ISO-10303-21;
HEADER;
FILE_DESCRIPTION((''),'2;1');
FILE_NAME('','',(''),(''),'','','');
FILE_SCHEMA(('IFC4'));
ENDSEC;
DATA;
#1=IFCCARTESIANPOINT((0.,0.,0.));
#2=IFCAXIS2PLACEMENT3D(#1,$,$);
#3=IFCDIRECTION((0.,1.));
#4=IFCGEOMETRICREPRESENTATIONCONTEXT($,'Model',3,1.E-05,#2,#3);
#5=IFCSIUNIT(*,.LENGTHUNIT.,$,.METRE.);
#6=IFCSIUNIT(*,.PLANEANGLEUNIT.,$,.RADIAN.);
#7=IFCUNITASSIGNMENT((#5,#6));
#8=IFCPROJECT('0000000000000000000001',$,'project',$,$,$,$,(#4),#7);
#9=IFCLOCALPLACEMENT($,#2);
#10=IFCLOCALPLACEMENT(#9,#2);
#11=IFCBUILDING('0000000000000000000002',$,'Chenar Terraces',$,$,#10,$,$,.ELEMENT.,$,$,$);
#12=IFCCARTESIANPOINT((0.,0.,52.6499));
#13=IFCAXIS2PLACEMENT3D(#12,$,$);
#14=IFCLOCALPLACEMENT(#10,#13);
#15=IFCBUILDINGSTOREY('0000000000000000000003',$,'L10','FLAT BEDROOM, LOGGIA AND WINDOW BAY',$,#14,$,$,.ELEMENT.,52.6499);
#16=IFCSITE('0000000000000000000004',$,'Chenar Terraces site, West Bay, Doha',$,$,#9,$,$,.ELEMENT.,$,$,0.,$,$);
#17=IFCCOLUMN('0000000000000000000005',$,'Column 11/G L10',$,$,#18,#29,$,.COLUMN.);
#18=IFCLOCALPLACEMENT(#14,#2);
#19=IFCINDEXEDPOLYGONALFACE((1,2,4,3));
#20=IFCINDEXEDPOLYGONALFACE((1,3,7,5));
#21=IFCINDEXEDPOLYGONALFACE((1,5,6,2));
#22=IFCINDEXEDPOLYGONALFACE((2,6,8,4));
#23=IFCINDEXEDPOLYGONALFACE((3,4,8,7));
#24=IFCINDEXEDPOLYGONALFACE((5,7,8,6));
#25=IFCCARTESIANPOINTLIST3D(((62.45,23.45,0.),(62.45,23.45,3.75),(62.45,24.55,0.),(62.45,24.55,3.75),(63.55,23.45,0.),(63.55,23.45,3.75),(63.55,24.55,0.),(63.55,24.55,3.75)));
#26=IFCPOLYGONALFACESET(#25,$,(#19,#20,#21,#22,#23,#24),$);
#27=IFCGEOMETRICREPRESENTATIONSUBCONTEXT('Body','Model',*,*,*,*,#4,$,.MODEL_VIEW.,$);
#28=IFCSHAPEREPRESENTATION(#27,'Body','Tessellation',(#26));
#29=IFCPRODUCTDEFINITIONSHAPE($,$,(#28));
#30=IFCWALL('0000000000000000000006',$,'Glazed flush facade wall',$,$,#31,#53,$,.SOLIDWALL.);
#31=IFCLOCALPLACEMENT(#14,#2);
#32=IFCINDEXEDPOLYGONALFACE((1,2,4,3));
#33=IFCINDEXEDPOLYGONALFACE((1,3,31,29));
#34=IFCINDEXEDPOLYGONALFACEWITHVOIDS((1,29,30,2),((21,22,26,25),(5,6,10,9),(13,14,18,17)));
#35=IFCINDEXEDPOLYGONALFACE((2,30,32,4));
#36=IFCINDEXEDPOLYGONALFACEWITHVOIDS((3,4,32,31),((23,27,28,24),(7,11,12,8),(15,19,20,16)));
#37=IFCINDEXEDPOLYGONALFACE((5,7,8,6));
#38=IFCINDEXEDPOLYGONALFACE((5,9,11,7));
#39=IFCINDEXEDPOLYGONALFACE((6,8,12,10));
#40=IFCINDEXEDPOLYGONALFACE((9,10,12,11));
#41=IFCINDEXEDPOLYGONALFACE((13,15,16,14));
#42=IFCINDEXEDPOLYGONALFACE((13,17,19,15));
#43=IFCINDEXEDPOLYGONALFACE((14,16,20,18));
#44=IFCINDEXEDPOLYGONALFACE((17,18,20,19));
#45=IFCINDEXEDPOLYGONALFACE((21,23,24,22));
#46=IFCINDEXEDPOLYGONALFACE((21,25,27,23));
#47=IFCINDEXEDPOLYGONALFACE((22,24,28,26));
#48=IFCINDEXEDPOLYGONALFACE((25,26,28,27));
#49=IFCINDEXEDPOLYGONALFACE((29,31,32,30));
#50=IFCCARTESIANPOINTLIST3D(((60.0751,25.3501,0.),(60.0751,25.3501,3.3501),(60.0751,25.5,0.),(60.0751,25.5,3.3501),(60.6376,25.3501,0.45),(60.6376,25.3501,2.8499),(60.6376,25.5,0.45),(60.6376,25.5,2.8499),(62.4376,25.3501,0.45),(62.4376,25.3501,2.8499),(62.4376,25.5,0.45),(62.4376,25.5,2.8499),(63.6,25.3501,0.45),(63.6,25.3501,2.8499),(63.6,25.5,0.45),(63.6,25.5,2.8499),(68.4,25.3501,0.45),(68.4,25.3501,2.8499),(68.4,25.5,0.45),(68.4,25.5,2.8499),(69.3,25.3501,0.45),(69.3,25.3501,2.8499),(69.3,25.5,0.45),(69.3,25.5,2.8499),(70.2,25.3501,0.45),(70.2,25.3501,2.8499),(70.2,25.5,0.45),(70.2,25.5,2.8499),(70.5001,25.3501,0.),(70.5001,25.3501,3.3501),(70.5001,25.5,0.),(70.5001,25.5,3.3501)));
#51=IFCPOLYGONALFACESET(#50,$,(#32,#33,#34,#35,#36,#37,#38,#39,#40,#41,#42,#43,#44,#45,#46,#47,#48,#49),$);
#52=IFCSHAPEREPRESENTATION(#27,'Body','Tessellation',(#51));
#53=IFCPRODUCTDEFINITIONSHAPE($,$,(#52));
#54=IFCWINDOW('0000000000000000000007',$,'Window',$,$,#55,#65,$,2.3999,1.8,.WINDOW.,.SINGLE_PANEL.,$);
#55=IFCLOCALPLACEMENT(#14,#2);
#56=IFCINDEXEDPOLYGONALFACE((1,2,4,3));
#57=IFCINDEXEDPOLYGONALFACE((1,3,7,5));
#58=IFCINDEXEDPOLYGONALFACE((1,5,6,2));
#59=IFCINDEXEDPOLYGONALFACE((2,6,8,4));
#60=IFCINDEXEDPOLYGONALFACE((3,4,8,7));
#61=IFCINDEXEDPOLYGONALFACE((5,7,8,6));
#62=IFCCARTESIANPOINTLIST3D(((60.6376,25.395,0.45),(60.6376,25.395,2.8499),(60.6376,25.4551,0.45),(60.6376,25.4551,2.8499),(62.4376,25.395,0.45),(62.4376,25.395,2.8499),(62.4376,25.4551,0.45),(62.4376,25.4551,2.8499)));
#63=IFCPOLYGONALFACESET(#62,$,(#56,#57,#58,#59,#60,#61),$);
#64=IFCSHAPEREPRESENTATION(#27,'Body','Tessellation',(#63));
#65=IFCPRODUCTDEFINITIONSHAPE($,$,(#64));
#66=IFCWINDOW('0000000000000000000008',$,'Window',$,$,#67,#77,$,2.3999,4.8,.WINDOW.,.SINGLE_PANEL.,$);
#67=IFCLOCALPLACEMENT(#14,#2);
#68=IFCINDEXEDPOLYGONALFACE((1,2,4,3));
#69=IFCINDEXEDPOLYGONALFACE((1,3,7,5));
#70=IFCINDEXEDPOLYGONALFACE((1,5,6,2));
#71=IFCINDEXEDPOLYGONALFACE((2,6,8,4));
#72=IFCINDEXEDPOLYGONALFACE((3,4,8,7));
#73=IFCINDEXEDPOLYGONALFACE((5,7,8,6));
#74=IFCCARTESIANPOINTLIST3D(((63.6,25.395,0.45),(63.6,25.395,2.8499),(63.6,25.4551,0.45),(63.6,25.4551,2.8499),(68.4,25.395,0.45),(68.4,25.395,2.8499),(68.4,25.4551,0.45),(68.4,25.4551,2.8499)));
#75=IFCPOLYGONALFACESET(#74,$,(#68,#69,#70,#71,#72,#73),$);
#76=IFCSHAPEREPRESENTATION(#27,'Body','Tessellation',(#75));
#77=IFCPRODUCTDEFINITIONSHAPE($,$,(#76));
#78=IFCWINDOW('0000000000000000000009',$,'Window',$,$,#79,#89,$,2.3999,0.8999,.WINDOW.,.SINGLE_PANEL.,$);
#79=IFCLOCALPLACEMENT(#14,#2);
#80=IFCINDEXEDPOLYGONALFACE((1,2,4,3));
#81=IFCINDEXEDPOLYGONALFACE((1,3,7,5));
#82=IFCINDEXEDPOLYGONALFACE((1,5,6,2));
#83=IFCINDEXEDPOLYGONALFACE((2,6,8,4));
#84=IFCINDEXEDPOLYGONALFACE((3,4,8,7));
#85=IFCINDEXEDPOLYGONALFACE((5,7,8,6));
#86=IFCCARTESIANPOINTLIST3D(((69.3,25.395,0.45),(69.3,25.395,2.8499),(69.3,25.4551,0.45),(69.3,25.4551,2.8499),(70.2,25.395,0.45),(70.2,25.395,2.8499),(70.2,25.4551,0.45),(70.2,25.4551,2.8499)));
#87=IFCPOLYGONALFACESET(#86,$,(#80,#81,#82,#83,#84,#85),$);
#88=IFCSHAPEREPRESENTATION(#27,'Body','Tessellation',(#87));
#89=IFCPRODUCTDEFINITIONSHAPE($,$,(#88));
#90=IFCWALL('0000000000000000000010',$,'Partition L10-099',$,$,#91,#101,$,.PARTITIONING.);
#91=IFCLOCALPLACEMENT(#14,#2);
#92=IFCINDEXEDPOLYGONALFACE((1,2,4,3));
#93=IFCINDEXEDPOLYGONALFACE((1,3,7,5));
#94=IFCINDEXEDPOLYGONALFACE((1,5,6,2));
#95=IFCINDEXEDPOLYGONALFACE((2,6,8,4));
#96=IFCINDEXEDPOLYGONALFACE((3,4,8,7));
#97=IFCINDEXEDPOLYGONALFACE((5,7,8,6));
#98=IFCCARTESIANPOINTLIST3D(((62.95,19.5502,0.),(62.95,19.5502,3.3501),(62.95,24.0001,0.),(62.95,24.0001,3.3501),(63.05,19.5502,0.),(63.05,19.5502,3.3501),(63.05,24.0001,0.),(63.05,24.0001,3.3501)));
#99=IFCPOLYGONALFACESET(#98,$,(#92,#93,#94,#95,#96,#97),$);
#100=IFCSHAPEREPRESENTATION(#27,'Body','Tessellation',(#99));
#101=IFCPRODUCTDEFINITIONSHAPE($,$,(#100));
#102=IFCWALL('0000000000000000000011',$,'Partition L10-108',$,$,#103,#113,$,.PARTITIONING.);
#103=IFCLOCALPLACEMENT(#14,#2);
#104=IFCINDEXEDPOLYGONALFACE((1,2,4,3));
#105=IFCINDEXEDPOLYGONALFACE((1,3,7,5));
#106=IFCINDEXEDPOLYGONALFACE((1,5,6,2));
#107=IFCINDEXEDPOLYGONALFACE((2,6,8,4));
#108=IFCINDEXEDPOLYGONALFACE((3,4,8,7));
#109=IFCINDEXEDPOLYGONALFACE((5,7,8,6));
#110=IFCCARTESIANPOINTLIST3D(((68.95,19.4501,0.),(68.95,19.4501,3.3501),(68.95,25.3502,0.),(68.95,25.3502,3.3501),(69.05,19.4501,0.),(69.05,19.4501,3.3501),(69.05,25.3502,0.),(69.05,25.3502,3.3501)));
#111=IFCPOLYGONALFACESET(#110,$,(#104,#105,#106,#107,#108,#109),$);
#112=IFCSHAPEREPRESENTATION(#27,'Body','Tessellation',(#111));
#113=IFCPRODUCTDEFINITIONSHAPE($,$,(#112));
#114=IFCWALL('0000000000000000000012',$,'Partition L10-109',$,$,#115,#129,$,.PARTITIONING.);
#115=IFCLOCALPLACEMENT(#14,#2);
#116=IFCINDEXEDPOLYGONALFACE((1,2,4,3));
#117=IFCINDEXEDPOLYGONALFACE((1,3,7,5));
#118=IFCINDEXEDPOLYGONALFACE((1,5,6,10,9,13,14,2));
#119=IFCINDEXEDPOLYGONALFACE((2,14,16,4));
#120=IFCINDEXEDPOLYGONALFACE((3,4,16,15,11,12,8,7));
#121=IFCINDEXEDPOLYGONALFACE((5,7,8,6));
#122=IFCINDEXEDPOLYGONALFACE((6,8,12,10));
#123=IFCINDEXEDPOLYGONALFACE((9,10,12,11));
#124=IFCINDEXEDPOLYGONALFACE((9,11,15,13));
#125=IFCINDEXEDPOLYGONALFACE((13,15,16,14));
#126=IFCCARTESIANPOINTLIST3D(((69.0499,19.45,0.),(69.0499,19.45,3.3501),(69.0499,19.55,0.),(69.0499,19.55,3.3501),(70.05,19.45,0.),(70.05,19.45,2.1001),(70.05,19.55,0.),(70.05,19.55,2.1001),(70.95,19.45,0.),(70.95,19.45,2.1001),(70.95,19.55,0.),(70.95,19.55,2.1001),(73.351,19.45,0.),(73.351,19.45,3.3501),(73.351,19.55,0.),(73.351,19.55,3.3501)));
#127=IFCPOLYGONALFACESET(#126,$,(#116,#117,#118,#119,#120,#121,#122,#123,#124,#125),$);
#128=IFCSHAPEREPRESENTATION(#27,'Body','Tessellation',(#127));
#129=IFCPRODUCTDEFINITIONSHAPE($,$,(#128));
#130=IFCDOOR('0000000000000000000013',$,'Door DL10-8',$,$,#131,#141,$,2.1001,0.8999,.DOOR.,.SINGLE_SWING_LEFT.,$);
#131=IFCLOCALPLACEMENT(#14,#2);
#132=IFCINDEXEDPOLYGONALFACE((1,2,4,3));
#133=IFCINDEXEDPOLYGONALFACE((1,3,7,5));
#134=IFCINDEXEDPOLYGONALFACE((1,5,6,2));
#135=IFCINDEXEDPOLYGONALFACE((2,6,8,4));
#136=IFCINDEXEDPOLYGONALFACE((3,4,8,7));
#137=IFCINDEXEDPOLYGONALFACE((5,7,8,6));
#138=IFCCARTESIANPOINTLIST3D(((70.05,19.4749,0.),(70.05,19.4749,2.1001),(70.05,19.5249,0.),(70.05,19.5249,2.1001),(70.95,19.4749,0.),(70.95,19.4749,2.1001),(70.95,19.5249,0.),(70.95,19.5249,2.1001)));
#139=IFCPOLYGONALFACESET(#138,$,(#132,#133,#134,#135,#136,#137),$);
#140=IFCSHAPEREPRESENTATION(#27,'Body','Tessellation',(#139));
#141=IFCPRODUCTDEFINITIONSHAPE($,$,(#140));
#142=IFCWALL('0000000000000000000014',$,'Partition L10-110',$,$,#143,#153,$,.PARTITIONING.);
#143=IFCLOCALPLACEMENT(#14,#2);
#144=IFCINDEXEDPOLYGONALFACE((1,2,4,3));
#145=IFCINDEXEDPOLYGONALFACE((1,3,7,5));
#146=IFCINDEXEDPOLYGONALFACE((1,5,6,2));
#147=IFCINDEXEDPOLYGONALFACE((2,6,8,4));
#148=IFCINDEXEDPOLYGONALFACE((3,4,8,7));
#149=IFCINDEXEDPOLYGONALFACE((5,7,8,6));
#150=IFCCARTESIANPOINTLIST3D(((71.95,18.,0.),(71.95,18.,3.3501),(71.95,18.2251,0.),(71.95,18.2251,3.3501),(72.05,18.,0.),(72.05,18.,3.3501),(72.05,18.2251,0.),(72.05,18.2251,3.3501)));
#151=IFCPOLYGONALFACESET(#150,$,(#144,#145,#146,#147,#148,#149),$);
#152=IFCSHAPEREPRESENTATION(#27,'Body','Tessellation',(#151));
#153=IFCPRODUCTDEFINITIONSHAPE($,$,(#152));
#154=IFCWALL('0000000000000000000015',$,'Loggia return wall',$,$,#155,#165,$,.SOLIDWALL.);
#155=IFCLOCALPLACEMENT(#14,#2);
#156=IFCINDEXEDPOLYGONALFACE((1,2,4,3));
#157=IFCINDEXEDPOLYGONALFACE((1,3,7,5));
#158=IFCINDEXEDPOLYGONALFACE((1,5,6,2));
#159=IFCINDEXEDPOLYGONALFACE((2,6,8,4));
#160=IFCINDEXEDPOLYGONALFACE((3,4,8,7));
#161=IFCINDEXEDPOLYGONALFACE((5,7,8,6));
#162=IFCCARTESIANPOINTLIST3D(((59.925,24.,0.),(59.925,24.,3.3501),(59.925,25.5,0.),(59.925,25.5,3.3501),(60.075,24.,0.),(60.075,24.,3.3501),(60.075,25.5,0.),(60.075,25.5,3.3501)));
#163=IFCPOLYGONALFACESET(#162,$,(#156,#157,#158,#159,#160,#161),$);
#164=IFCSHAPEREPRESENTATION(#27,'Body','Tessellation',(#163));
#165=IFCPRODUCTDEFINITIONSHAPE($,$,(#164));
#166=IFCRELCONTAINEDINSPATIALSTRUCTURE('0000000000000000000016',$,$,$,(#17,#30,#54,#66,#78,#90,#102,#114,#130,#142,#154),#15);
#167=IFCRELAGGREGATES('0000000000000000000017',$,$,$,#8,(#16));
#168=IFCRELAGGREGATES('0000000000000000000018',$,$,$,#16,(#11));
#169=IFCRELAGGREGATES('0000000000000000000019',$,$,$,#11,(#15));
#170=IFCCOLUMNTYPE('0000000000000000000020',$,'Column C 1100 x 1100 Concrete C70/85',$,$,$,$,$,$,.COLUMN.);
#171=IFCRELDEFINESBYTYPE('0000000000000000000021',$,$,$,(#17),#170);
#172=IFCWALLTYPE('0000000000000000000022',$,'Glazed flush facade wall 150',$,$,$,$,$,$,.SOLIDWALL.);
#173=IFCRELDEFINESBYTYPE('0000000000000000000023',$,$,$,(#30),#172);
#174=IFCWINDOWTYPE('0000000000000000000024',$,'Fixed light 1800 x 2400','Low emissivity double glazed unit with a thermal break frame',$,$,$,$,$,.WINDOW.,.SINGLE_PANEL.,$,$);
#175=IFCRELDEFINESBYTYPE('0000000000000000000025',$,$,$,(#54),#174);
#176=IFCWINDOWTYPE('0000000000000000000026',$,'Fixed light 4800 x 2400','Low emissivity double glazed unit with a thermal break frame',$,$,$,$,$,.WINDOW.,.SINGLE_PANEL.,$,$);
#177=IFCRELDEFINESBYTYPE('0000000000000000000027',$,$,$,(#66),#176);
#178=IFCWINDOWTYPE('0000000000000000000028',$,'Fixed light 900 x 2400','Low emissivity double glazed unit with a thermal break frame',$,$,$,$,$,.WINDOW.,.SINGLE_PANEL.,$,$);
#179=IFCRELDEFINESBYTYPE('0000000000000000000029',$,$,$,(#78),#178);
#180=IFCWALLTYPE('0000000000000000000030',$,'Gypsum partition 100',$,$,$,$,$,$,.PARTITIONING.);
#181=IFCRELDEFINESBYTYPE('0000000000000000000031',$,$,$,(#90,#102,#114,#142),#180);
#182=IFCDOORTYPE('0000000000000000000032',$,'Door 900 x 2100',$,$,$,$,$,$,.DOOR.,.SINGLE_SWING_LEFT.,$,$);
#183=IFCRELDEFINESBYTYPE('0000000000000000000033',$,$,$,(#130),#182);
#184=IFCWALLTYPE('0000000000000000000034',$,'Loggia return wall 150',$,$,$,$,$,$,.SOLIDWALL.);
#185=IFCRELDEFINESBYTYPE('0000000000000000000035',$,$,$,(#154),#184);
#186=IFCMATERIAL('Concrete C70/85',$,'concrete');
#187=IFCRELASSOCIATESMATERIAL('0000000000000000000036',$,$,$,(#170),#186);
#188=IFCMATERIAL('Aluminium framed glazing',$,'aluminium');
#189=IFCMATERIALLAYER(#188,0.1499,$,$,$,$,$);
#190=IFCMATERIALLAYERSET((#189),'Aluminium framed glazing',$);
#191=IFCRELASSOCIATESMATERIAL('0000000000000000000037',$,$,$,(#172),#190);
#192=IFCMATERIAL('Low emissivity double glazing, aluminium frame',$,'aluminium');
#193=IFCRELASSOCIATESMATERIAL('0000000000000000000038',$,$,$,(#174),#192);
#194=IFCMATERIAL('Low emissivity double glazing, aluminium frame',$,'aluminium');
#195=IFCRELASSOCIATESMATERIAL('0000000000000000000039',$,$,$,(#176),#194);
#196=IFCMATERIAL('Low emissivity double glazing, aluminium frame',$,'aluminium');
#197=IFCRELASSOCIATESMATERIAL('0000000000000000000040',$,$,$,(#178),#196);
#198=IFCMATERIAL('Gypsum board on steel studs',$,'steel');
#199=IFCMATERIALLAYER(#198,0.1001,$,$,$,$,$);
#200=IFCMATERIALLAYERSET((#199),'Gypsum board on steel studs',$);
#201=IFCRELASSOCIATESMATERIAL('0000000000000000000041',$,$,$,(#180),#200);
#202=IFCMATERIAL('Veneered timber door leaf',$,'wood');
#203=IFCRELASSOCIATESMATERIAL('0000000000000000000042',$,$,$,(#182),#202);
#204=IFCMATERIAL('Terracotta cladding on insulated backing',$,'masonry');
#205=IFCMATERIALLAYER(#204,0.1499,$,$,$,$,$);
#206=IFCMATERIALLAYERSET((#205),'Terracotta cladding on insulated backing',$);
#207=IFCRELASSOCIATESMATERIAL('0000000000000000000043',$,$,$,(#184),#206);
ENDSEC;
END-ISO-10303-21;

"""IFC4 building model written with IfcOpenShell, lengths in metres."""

from ifc_helpers import new_model, si_unit, direction, frame, frame_2d, origin, origin_2d, place, context, subcontext, project, spatial, rectangle, extrude, material, layer, layer_set, material_profile, profile_set, type_object, element, fill, save


model = new_model("IFC4")

# Units and contexts
model_context = context("Model", 3, precision=1e-05, world=origin(), true_north=direction((0.0, 1.0)))
body_context = subcontext(model_context, "Body", "Model", "MODEL_VIEW")
ifc_project = project(units=[si_unit("LENGTHUNIT", "METRE"), si_unit("PLANEANGLEUNIT", "RADIAN")], contexts=[model_context])

# Site, building, storey
site_placement = place(None, origin())
site = spatial("IfcSite", under=ifc_project, at=site_placement, Name="Chenar Terraces site, West Bay, Doha", CompositionType="ELEMENT", RefElevation=0.0)
building_placement = place(site_placement, origin())
building = spatial("IfcBuilding", under=site, at=building_placement, Name="Chenar Terraces", CompositionType="ELEMENT")
storey_placement = place(building_placement, frame((0.0, 0.0, 52.6499)))
storey = spatial("IfcBuildingStorey", under=building, at=storey_placement, Name="L10", Description="FLAT BEDROOM, LOGGIA AND WINDOW BAY", CompositionType="ELEMENT", Elevation=52.6499)

# Column
ifc_material_1 = material(Name="Concrete C70/85", Category="concrete")
ifc_material_profile = material_profile(ifc_material_1, rectangle(XDim=1.1001, YDim=1.1001, at=origin_2d()), Name="C 1100 x 1100")
ifc_profile_set = profile_set([ifc_material_profile], Name="Concrete C70/85")
column_type = type_object("IfcColumnType", Name="Column C 1100 x 1100 Concrete C70/85", PredefinedType="COLUMN", material=ifc_profile_set)
column_placement = place(storey_placement, frame((63.0, 24.0, 0.0), z_axis=(0.0, 0.0, 1.0), x_axis=(1.0, 0.0, 0.0)))
element("IfcColumn", 1, at=column_placement, inside=storey, type_object=column_type, Name="Column 11/G L10", PredefinedType="COLUMN", context=body_context, shape_type="SweptSolid", body=[
    extrude(rectangle(XDim=1.1001, YDim=1.1001, at=origin_2d()), origin(), (0.0, 0.0, 1.0), 3.75),
])

# Wall, openings, windows
ifc_material_2 = material(Name="Aluminium framed glazing", Category="aluminium")
ifc_layer_1 = layer(ifc_material_2, 0.1499)
ifc_layer_set_1 = layer_set([ifc_layer_1], Name="Aluminium framed glazing")
wall_type_1 = type_object("IfcWallType", Name="Glazed flush facade wall 150", PredefinedType="SOLIDWALL", material=ifc_layer_set_1)
wall_1_placement = place(storey_placement, frame((70.5, 25.425, 0.0), z_axis=(0.0, 0.0, 1.0), x_axis=(-1.0, 0.0, 0.0)))
wall_1 = element("IfcWall", 2, at=wall_1_placement, inside=storey, type_object=wall_type_1, Name="Glazed flush facade wall", PredefinedType="SOLIDWALL", context=body_context, shape_type="SweptSolid", body=[
    extrude(rectangle(XDim=10.425, YDim=0.1499, at=frame_2d((5.2124, 0.0))), origin(), (0.0, 0.0, 1.0), 3.3501),
])
opening_1_placement = place(wall_1_placement, frame((0.3, 0.0, 0.45)))
opening_1 = element("IfcOpeningElement", 3, at=opening_1_placement, cuts=wall_1, PredefinedType="OPENING", context=body_context, shape_type="SweptSolid", body=[
    extrude(rectangle(XDim=0.8999, YDim=2.3999, at=frame_2d((0.45, 1.2))), frame((0.0, 0.085, 0.0), z_axis=(0.0, -1.0, 0.0), x_axis=(1.0, 0.0, 0.0)), (0.0, 0.0, 1.0), 0.1699),
])
opening_2_placement = place(wall_1_placement, frame((2.1001, 0.0, 0.45)))
opening_2 = element("IfcOpeningElement", 4, at=opening_2_placement, cuts=wall_1, PredefinedType="OPENING", context=body_context, shape_type="SweptSolid", body=[
    extrude(rectangle(XDim=4.8, YDim=2.3999, at=frame_2d((2.3999, 1.2))), frame((0.0, 0.085, 0.0), z_axis=(0.0, -1.0, 0.0), x_axis=(1.0, 0.0, 0.0)), (0.0, 0.0, 1.0), 0.1699),
])
opening_3_placement = place(wall_1_placement, frame((8.0625, 0.0, 0.45)))
opening_3 = element("IfcOpeningElement", 5, at=opening_3_placement, cuts=wall_1, PredefinedType="OPENING", context=body_context, shape_type="SweptSolid", body=[
    extrude(rectangle(XDim=1.8, YDim=2.3999, at=frame_2d((0.8999, 1.2))), frame((0.0, 0.085, 0.0), z_axis=(0.0, -1.0, 0.0), x_axis=(1.0, 0.0, 0.0)), (0.0, 0.0, 1.0), 0.1699),
])
ifc_material_3 = material(Name="Low emissivity double glazing, aluminium frame", Category="aluminium")
window_type_1 = type_object("IfcWindowType", Name="Fixed light 1800 x 2400", Description="Low emissivity double glazed unit with a thermal break frame", PartitioningType="SINGLE_PANEL", PredefinedType="WINDOW", material=ifc_material_3)
window_1_placement = place(opening_3_placement, origin())
window_1 = element("IfcWindow", 6, at=window_1_placement, inside=storey, type_object=window_type_1, Name="Window", OverallHeight=2.3999, OverallWidth=1.8, PartitioningType="SINGLE_PANEL", PredefinedType="WINDOW", context=body_context, shape_type="SweptSolid", body=[
    extrude(rectangle(XDim=1.8, YDim=2.3999, at=frame_2d((0.8999, 1.2))), frame((0.0, 0.03, 0.0), z_axis=(0.0, -1.0, 0.0), x_axis=(1.0, 0.0, 0.0)), (0.0, 0.0, 1.0), 0.0601),
])
fill(opening_3, window_1)
ifc_material_4 = material(Name="Low emissivity double glazing, aluminium frame", Category="aluminium")
window_type_2 = type_object("IfcWindowType", Name="Fixed light 4800 x 2400", Description="Low emissivity double glazed unit with a thermal break frame", PartitioningType="SINGLE_PANEL", PredefinedType="WINDOW", material=ifc_material_4)
window_2_placement = place(opening_2_placement, origin())
window_2 = element("IfcWindow", 7, at=window_2_placement, inside=storey, type_object=window_type_2, Name="Window", OverallHeight=2.3999, OverallWidth=4.8, PartitioningType="SINGLE_PANEL", PredefinedType="WINDOW", context=body_context, shape_type="SweptSolid", body=[
    extrude(rectangle(XDim=4.8, YDim=2.3999, at=frame_2d((2.3999, 1.2))), frame((0.0, 0.03, 0.0), z_axis=(0.0, -1.0, 0.0), x_axis=(1.0, 0.0, 0.0)), (0.0, 0.0, 1.0), 0.0601),
])
fill(opening_2, window_2)
ifc_material_5 = material(Name="Low emissivity double glazing, aluminium frame", Category="aluminium")
window_type_3 = type_object("IfcWindowType", Name="Fixed light 900 x 2400", Description="Low emissivity double glazed unit with a thermal break frame", PartitioningType="SINGLE_PANEL", PredefinedType="WINDOW", material=ifc_material_5)
window_3_placement = place(opening_1_placement, origin())
window_3 = element("IfcWindow", 8, at=window_3_placement, inside=storey, type_object=window_type_3, Name="Window", OverallHeight=2.3999, OverallWidth=0.8999, PartitioningType="SINGLE_PANEL", PredefinedType="WINDOW", context=body_context, shape_type="SweptSolid", body=[
    extrude(rectangle(XDim=0.8999, YDim=2.3999, at=frame_2d((0.45, 1.2))), frame((0.0, 0.03, 0.0), z_axis=(0.0, -1.0, 0.0), x_axis=(1.0, 0.0, 0.0)), (0.0, 0.0, 1.0), 0.0601),
])
fill(opening_1, window_3)

# Walls
ifc_material_6 = material(Name="Gypsum board on steel studs", Category="steel")
ifc_layer_2 = layer(ifc_material_6, 0.1001)
ifc_layer_set_2 = layer_set([ifc_layer_2], Name="Gypsum board on steel studs")
wall_type_2 = type_object("IfcWallType", Name="Gypsum partition 100", PredefinedType="PARTITIONING", material=ifc_layer_set_2)
wall_2_placement = place(storey_placement, frame((63.0, 19.55, 0.0), z_axis=(0.0, 0.0, 1.0), x_axis=(0.0, 1.0, 0.0)))
element("IfcWall", 9, at=wall_2_placement, inside=storey, type_object=wall_type_2, Name="Partition L10-099", PredefinedType="PARTITIONING", context=body_context, shape_type="SweptSolid", body=[
    extrude(rectangle(XDim=4.45, YDim=0.1001, at=frame_2d((2.2251, 0.0))), origin(), (0.0, 0.0, 1.0), 3.3501),
])
wall_3_placement = place(storey_placement, frame((69.0, 19.45, 0.0), z_axis=(0.0, 0.0, 1.0), x_axis=(0.0, 1.0, 0.0)))
element("IfcWall", 10, at=wall_3_placement, inside=storey, type_object=wall_type_2, Name="Partition L10-108", PredefinedType="PARTITIONING", context=body_context, shape_type="SweptSolid", body=[
    extrude(rectangle(XDim=5.9001, YDim=0.1001, at=frame_2d((2.9502, 0.0))), origin(), (0.0, 0.0, 1.0), 3.3501),
])

# Wall, opening, door
wall_4_placement = place(storey_placement, frame((69.05, 19.5, 0.0), z_axis=(0.0, 0.0, 1.0), x_axis=(1.0, 0.0, 0.0)))
wall_4 = element("IfcWall", 11, at=wall_4_placement, inside=storey, type_object=wall_type_2, Name="Partition L10-109", PredefinedType="PARTITIONING", context=body_context, shape_type="SweptSolid", body=[
    extrude(rectangle(XDim=4.301, YDim=0.1001, at=frame_2d((2.1504, 0.0))), origin(), (0.0, 0.0, 1.0), 3.3501),
])
opening_4_placement = place(wall_4_placement, frame((1.0, 0.0, 0.0)))
opening_4 = element("IfcOpeningElement", 12, at=opening_4_placement, cuts=wall_4, PredefinedType="OPENING", context=body_context, shape_type="SweptSolid", body=[
    extrude(rectangle(XDim=0.8999, YDim=2.1001, at=frame_2d((0.45, 1.05))), frame((0.0, 0.0601, 0.0), z_axis=(0.0, -1.0, 0.0), x_axis=(1.0, 0.0, 0.0)), (0.0, 0.0, 1.0), 0.1201),
])
ifc_material_7 = material(Name="Veneered timber door leaf", Category="wood")
door_type = type_object("IfcDoorType", Name="Door 900 x 2100", OperationType="SINGLE_SWING_LEFT", PredefinedType="DOOR", material=ifc_material_7)
door_placement = place(opening_4_placement, origin())
door = element("IfcDoor", 13, at=door_placement, inside=storey, type_object=door_type, Name="Door DL10-8", OperationType="SINGLE_SWING_LEFT", OverallHeight=2.1001, OverallWidth=0.8999, PredefinedType="DOOR", context=body_context, shape_type="SweptSolid", body=[
    extrude(rectangle(XDim=0.8999, YDim=2.1001, at=frame_2d((0.45, 1.05))), frame((0.0, 0.0249, 0.0), z_axis=(0.0, -1.0, 0.0), x_axis=(1.0, 0.0, 0.0)), (0.0, 0.0, 1.0), 0.05),
])
fill(opening_4, door)

# Walls
wall_5_placement = place(storey_placement, frame((72.0, 18.0, 0.0), z_axis=(0.0, 0.0, 1.0), x_axis=(0.0, 1.0, 0.0)))
element("IfcWall", 14, at=wall_5_placement, inside=storey, type_object=wall_type_2, Name="Partition L10-110", PredefinedType="PARTITIONING", context=body_context, shape_type="SweptSolid", body=[
    extrude(rectangle(XDim=0.2251, YDim=0.1001, at=frame_2d((0.1125, 0.0))), origin(), (0.0, 0.0, 1.0), 3.3501),
])
ifc_material_8 = material(Name="Terracotta cladding on insulated backing", Category="masonry")
ifc_layer_3 = layer(ifc_material_8, 0.1499)
ifc_layer_set_3 = layer_set([ifc_layer_3], Name="Terracotta cladding on insulated backing")
wall_type_3 = type_object("IfcWallType", Name="Loggia return wall 150", PredefinedType="SOLIDWALL", material=ifc_layer_set_3)
wall_6_placement = place(storey_placement, frame((60.0, 25.5, 0.0), z_axis=(0.0, 0.0, 1.0), x_axis=(0.0, -1.0, 0.0)))
element("IfcWall", 15, at=wall_6_placement, inside=storey, type_object=wall_type_3, Name="Loggia return wall", PredefinedType="SOLIDWALL", context=body_context, shape_type="SweptSolid", body=[
    extrude(rectangle(XDim=1.5, YDim=0.1499, at=frame_2d((0.75, 0.0))), origin(), (0.0, 0.0, 1.0), 3.3501),
])

save(model, "model.ifc")
